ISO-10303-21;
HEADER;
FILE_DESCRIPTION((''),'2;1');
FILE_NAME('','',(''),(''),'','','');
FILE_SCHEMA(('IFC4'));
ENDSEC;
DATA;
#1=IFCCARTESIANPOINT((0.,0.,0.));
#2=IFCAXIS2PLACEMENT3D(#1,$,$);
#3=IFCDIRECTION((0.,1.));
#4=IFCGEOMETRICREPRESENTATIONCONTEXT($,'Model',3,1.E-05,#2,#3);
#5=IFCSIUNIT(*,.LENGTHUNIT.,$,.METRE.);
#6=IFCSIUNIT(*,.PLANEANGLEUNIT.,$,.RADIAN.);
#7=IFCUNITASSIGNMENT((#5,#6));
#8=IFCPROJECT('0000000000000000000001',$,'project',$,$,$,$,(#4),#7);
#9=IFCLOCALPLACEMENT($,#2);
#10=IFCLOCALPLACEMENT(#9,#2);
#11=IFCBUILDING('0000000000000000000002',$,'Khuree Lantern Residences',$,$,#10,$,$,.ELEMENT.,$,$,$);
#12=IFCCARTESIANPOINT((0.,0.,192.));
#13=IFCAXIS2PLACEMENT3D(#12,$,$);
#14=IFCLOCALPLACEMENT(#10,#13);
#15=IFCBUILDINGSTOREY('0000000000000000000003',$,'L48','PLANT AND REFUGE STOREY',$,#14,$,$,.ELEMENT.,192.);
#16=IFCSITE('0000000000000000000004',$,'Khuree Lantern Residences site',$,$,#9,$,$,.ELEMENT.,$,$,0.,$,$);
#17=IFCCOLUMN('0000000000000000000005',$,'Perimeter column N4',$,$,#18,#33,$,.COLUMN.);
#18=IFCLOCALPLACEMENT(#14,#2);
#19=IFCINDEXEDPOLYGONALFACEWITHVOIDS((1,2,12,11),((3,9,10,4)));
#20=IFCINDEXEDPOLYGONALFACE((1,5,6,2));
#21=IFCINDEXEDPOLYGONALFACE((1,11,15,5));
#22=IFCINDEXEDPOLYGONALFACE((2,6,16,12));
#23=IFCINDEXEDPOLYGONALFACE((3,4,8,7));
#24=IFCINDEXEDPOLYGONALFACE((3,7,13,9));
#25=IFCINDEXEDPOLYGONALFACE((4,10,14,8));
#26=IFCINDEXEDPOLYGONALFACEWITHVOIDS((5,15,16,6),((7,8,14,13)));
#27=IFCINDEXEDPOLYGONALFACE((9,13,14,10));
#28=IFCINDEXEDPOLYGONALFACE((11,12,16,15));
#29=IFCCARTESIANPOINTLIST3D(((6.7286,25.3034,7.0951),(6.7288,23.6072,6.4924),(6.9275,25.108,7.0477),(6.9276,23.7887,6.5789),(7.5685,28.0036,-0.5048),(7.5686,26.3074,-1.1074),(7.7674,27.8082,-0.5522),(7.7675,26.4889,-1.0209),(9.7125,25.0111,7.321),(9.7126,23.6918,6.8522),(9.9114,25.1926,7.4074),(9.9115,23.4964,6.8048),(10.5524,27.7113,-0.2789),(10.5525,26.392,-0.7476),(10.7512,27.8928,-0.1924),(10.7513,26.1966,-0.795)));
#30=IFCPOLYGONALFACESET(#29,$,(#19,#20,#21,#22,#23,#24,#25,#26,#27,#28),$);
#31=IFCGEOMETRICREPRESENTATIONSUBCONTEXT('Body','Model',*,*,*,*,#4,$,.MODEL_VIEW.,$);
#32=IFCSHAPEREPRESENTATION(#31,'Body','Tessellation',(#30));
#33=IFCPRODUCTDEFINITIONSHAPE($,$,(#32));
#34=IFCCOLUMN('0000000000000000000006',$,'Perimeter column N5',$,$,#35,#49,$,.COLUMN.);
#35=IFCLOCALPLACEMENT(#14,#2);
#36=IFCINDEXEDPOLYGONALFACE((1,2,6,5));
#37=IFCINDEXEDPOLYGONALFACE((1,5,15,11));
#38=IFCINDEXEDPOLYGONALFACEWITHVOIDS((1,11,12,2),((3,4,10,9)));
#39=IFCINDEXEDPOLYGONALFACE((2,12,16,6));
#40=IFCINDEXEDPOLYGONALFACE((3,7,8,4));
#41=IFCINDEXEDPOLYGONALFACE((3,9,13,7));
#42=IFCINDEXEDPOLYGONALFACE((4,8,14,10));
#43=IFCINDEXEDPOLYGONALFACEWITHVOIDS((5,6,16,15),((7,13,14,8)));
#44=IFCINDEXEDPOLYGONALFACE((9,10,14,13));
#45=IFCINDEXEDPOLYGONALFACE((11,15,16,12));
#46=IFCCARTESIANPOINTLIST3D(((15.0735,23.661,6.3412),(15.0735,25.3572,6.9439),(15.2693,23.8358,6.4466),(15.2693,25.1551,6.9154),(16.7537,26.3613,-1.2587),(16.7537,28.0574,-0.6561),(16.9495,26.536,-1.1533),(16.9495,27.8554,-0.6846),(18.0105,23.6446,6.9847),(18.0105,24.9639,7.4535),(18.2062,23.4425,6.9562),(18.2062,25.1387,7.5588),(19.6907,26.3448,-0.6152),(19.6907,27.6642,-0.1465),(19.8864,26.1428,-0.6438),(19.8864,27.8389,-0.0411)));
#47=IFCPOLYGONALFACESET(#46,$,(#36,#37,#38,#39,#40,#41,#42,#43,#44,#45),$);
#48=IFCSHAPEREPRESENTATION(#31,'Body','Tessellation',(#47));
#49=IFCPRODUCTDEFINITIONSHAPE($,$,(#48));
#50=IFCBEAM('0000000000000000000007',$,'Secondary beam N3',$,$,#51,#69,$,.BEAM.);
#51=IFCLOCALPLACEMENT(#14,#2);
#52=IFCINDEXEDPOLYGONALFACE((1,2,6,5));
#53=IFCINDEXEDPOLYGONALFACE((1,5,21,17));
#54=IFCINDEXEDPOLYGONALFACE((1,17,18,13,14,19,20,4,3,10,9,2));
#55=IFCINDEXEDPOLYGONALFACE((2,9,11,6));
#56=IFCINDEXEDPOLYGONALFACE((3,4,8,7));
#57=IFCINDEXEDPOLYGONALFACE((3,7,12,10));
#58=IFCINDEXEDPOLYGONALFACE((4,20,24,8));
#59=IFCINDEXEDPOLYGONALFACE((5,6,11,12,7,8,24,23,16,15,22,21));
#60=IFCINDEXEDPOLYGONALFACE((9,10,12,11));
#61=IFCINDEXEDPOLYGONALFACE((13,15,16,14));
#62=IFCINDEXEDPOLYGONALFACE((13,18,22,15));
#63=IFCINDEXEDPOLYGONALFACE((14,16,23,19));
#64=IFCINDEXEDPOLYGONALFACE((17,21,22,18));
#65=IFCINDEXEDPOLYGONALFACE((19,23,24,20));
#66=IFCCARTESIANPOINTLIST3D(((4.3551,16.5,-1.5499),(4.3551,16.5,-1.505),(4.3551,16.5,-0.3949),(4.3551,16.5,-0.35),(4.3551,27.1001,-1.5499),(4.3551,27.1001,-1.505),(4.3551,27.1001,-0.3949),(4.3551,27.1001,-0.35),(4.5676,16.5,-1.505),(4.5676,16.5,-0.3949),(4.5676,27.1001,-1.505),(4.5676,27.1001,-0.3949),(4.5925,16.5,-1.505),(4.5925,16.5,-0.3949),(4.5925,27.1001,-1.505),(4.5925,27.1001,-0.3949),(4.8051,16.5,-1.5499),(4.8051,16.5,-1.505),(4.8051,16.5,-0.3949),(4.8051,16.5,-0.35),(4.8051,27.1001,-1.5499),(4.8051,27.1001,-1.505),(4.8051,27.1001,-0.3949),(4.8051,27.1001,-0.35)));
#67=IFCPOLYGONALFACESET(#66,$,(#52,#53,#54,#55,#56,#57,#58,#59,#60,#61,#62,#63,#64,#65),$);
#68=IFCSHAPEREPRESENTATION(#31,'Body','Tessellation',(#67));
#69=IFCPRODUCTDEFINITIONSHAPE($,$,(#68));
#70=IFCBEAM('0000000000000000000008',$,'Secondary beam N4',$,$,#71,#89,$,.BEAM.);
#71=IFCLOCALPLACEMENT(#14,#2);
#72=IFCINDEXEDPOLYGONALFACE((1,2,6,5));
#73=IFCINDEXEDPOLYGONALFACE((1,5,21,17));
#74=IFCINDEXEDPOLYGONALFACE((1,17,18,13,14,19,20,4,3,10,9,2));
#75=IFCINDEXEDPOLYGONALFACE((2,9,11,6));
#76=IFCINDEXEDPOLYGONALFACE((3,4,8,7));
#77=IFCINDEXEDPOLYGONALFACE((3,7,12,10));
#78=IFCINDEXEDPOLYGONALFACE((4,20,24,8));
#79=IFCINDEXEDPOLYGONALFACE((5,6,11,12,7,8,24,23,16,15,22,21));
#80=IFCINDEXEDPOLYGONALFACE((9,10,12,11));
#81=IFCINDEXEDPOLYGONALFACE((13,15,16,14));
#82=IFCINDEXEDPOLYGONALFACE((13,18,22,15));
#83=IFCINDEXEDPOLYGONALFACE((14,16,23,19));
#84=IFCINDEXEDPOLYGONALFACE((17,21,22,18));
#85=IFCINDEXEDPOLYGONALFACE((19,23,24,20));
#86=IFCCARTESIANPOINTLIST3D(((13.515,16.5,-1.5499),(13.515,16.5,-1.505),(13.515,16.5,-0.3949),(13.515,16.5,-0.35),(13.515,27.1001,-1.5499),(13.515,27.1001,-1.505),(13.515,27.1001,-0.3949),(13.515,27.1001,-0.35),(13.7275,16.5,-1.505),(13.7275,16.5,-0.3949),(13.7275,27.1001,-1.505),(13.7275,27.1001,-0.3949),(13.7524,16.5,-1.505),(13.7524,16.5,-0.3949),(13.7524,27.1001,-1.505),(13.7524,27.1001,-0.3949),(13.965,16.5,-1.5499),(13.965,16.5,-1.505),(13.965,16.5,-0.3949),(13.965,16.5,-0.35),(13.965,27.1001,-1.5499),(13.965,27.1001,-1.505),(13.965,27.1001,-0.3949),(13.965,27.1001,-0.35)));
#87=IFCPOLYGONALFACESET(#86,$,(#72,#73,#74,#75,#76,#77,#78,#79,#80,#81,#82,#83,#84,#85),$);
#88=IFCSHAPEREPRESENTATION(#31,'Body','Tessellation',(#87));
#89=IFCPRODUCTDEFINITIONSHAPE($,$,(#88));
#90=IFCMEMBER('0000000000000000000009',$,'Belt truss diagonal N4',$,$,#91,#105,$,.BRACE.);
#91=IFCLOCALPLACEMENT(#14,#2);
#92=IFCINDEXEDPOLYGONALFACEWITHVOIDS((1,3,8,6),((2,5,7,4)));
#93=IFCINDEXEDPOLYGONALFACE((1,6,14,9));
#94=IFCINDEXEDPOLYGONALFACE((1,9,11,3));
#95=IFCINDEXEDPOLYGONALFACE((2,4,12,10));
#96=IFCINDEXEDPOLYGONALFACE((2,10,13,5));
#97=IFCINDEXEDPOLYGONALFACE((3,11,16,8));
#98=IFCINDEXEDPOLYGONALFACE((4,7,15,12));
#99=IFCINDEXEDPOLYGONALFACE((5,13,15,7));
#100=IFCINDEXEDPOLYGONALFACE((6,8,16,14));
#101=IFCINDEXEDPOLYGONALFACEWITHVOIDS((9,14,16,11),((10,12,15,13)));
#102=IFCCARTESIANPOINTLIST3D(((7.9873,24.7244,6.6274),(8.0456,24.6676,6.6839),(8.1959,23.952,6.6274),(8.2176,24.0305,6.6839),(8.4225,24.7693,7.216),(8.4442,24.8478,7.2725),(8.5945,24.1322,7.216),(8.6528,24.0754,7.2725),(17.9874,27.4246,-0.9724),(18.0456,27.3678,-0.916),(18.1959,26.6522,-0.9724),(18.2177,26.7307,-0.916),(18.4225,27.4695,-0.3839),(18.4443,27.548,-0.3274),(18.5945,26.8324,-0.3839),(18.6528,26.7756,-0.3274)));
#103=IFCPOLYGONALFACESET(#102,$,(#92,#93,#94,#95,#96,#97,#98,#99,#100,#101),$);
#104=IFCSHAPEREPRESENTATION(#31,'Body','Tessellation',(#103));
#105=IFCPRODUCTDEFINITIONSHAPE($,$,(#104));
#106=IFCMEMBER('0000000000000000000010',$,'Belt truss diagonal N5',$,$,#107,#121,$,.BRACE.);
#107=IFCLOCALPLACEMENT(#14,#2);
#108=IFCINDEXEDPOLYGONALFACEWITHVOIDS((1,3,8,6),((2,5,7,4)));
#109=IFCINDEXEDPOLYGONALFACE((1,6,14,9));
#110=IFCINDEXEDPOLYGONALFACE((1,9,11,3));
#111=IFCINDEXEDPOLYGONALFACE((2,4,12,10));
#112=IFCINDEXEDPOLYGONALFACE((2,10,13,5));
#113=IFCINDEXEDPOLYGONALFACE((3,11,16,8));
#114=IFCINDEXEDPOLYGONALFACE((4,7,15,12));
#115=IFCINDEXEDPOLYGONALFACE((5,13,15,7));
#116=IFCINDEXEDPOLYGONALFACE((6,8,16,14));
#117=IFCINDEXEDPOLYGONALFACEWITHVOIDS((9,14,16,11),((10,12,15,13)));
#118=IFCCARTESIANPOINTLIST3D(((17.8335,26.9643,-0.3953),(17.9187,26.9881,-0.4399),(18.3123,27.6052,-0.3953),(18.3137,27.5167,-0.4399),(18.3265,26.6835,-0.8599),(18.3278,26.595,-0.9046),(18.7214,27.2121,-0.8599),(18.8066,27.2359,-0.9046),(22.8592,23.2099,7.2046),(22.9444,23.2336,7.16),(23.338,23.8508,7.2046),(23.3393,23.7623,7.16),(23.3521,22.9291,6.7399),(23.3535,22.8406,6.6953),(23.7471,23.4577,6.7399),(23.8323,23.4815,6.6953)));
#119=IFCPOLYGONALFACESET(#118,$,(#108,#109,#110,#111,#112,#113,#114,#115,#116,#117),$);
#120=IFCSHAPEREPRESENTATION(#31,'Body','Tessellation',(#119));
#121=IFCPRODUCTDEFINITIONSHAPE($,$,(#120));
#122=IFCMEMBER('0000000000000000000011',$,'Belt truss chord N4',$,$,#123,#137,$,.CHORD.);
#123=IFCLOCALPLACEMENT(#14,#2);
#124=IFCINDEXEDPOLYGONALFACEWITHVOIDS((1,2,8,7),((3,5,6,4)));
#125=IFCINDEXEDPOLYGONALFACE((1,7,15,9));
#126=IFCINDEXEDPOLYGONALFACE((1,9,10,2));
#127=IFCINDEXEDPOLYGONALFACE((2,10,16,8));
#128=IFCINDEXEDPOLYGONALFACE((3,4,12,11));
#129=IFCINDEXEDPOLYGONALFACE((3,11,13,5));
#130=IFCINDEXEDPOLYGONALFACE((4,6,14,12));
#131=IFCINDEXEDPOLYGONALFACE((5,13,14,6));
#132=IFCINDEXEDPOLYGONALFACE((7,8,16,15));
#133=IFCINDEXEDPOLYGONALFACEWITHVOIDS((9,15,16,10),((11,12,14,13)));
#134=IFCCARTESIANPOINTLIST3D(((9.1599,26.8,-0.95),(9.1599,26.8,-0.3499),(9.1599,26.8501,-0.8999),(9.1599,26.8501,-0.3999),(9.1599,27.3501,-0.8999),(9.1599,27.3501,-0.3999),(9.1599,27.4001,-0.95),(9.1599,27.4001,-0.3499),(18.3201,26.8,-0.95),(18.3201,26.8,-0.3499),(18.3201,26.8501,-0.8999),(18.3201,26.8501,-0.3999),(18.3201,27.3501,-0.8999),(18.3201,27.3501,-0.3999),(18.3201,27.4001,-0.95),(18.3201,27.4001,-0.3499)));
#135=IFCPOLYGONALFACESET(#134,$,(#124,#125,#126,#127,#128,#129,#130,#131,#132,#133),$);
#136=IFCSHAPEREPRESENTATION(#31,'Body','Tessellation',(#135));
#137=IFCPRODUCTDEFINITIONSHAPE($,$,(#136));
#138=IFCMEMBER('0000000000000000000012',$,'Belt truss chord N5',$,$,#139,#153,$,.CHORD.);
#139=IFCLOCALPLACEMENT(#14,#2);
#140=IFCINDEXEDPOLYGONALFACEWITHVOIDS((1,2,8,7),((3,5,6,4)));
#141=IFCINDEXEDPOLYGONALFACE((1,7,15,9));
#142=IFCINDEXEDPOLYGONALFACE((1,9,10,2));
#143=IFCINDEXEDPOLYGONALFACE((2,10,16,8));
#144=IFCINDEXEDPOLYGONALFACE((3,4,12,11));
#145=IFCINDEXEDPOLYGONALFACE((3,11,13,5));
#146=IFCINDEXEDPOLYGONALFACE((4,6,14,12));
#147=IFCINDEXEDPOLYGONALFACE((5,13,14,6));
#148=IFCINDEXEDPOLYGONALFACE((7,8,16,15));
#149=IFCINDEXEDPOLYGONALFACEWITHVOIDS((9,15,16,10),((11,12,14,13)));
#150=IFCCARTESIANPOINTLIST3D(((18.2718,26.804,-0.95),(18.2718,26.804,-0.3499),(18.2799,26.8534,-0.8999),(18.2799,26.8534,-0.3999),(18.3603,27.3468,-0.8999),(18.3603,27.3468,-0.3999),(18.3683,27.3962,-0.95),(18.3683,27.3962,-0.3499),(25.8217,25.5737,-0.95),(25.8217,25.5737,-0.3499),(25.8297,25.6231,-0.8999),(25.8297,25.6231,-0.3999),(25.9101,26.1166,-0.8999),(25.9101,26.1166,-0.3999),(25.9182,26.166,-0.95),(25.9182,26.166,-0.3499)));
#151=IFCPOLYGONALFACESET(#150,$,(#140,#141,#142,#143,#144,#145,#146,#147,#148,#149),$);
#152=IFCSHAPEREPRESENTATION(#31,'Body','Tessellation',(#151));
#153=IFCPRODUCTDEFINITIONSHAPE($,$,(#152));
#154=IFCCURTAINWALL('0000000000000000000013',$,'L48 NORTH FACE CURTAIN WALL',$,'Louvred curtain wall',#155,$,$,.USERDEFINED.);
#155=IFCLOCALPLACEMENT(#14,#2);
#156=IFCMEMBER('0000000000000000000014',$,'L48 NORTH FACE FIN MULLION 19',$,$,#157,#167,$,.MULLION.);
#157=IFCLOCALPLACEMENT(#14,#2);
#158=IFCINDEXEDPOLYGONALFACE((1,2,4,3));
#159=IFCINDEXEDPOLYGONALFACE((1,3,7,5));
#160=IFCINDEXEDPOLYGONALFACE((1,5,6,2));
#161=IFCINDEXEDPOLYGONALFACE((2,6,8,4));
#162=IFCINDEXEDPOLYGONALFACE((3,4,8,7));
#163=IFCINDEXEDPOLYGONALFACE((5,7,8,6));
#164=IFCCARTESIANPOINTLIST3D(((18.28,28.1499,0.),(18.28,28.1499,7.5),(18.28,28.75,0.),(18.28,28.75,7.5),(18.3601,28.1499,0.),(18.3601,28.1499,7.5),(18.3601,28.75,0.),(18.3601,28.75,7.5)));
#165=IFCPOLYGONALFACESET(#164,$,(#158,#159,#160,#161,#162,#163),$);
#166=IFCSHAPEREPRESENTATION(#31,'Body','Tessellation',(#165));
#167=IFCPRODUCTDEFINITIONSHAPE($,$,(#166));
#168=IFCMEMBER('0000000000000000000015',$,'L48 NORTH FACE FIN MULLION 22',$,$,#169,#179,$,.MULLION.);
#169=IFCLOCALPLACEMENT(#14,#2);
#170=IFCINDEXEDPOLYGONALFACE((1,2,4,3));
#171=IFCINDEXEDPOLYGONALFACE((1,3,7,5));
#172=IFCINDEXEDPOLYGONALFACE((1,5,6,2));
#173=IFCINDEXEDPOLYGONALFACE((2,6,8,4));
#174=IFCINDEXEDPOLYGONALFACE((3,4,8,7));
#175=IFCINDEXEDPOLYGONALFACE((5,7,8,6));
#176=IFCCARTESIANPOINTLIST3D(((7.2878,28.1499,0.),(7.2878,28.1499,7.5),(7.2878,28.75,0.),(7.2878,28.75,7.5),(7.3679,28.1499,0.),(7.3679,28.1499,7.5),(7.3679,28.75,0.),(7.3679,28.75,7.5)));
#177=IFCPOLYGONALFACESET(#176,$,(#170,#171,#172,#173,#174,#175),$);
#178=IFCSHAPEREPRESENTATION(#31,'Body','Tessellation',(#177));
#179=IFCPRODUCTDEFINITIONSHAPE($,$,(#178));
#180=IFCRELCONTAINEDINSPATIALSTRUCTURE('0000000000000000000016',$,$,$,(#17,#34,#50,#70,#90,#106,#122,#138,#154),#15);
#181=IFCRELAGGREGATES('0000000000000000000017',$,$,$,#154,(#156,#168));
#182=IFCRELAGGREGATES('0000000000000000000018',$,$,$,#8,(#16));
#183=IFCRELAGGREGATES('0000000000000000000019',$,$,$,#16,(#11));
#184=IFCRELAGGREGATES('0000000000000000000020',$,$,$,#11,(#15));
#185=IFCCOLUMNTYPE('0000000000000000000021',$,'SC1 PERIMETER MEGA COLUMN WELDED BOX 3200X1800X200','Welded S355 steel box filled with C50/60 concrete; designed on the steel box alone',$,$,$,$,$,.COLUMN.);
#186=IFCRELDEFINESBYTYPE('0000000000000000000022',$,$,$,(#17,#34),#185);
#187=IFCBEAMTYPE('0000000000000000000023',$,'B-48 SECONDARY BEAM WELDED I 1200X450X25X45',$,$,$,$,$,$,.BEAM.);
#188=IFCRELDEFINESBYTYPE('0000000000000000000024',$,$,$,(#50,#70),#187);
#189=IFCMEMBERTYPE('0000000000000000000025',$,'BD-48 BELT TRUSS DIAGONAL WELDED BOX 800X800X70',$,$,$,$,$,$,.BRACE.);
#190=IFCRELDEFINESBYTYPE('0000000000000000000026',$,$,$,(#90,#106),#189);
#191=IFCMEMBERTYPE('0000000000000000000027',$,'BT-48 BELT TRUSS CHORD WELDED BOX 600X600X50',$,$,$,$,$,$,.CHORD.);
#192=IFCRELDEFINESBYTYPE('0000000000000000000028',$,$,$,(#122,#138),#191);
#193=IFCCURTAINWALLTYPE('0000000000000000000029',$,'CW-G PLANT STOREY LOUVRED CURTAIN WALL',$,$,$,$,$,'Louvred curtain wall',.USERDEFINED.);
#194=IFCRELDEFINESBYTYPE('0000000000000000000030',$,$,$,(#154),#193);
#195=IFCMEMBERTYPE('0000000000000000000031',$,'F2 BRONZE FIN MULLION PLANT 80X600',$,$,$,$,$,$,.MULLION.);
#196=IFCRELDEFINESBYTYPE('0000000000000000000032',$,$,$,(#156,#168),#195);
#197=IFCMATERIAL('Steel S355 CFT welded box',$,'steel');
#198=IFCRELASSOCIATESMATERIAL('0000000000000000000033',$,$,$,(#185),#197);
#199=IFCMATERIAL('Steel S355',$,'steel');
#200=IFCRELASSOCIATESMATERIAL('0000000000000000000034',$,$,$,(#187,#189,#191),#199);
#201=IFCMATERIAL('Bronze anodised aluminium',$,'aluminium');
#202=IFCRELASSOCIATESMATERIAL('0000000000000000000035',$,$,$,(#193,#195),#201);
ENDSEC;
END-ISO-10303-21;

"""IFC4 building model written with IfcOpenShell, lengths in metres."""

from ifc_helpers import new_model, si_unit, direction, frame, origin, origin_2d, place, context, subcontext, project, spatial, rectangle, hollow_rectangle, i_section, extrude, material, material_profile, profile_set, type_object, element, aggregate, save


model = new_model("IFC4")

# Units and contexts
model_context = context("Model", 3, precision=1e-05, world=origin(), true_north=direction((0.0, 1.0)))
body_context = subcontext(model_context, "Body", "Model", "MODEL_VIEW")
ifc_project = project(units=[si_unit("LENGTHUNIT", "METRE"), si_unit("PLANEANGLEUNIT", "RADIAN")], contexts=[model_context])

# Site, building, storey
site_placement = place(None, origin())
site = spatial("IfcSite", under=ifc_project, at=site_placement, Name="Khuree Lantern Residences site", CompositionType="ELEMENT", RefElevation=0.0)
building_placement = place(site_placement, origin())
building = spatial("IfcBuilding", under=site, at=building_placement, Name="Khuree Lantern Residences", CompositionType="ELEMENT")
storey_placement = place(building_placement, frame((0.0, 0.0, 192.0)))
storey = spatial("IfcBuildingStorey", under=building, at=storey_placement, Name="L48", Description="PLANT AND REFUGE STOREY", CompositionType="ELEMENT", Elevation=192.0)

# Columns
ifc_material_1 = material(Name="Steel S355 CFT welded box", Category="steel")
ifc_material_profile_1 = material_profile(ifc_material_1, hollow_rectangle(XDim=3.2, YDim=1.8, WallThickness=0.2, at=origin_2d()), Name="WELDED BOX 3200X1800X200")
ifc_profile_set_1 = profile_set([ifc_material_profile_1], Name="Steel S355 CFT welded box")
column_type = type_object("IfcColumnType", Name="SC1 PERIMETER MEGA COLUMN WELDED BOX 3200X1800X200", Description="Welded S355 steel box filled with C50/60 concrete; designed on the steel box alone", PredefinedType="COLUMN", material=ifc_profile_set_1)
column_1_placement = place(storey_placement, frame((9.1599, 27.1001, -0.6499), z_axis=(-0.103571, -0.332992, 0.937224), x_axis=(0.994622, -0.034607, 0.097618)))
element("IfcColumn", 1, at=column_1_placement, inside=storey, type_object=column_type, Name="Perimeter column N4", PredefinedType="COLUMN", context=body_context, shape_type="SweptSolid", body=[
    extrude(hollow_rectangle(XDim=3.2, YDim=1.8, WallThickness=0.2, at=origin_2d()), origin(), (0.0, 0.0, 1.0), 8.1089),
])
column_2_placement = place(storey_placement, frame((18.3201, 27.1001, -0.6499), z_axis=(-0.203944, -0.327756, 0.922487), x_axis=(0.978983, -0.068286, 0.192172)))
element("IfcColumn", 2, at=column_2_placement, inside=storey, type_object=column_type, Name="Perimeter column N5", PredefinedType="COLUMN", context=body_context, shape_type="SweptSolid", body=[
    extrude(hollow_rectangle(XDim=3.2, YDim=1.8, WallThickness=0.2, at=origin_2d()), origin(), (0.0, 0.0, 1.0), 8.2385),
])

# Beams
ifc_material_2 = material(Name="Steel S355", Category="steel")
ifc_material_profile_2 = material_profile(ifc_material_2, i_section(OverallWidth=0.45, OverallDepth=1.2, WebThickness=0.0249, FlangeThickness=0.0449, at=origin_2d()), Name="WELDED I 1200X450X25X45")
ifc_profile_set_2 = profile_set([ifc_material_profile_2], Name="Steel S355")
beam_type_1 = type_object("IfcBeamType", Name="B-48 SECONDARY BEAM WELDED I 1200X450X25X45", PredefinedType="BEAM", material=ifc_profile_set_2)
for number, where, z_axis, x_axis, name in (
    (3, (4.5801, 27.1001, -0.95), (0.0, -1.0, 0.0), (1.0, 0.0, 0.0), "Secondary beam N3"),
    (4, (13.74, 27.1001, -0.95), (0.0, -1.0, 0.0), (1.0, 0.0, 0.0), "Secondary beam N4"),
):
    element("IfcBeam", number, at=place(storey_placement, frame(where, z_axis=z_axis, x_axis=x_axis)), inside=storey, type_object=beam_type_1, Name=name, PredefinedType="BEAM", context=body_context, shape_type="SweptSolid", body=[
        extrude(i_section(OverallWidth=0.45, OverallDepth=1.2, WebThickness=0.0249, FlangeThickness=0.0449, at=origin_2d()), origin(), (0.0, 0.0, 1.0), 10.6001),
    ])

# Members
ifc_material_profile_3 = material_profile(ifc_material_2, hollow_rectangle(XDim=0.8, YDim=0.8, WallThickness=0.0701, at=origin_2d()), Name="WELDED BOX 800X800X70")
ifc_profile_set_3 = profile_set([ifc_material_profile_3], Name="Steel S355")
member_type_1 = type_object("IfcMemberType", Name="BD-48 BELT TRUSS DIAGONAL WELDED BOX 800X800X70", PredefinedType="BRACE", material=ifc_profile_set_3)
member_1_placement = place(storey_placement, frame((8.3201, 24.3999, 6.95), z_axis=(0.778384, 0.210179, -0.59156), x_axis=(-0.260683, 0.965424, 0.0)))
element("IfcMember", 5, at=member_1_placement, inside=storey, type_object=member_type_1, Name="Belt truss diagonal N4", PredefinedType="BRACE", context=body_context, shape_type="SweptSolid", body=[
    extrude(hollow_rectangle(XDim=0.8, YDim=0.8, WallThickness=0.0701, at=origin_2d()), origin(), (0.0, 0.0, 1.0), 12.8472),
])
member_2_placement = place(storey_placement, frame((18.3201, 27.1001, -0.6499), z_axis=(0.509986, -0.380985, 0.77121), x_axis=(0.598486, 0.801133, 0.0)))
element("IfcMember", 6, at=member_2_placement, inside=storey, type_object=member_type_1, Name="Belt truss diagonal N5", PredefinedType="BRACE", context=body_context, shape_type="SweptSolid", body=[
    extrude(hollow_rectangle(XDim=0.8, YDim=0.8, WallThickness=0.0701, at=origin_2d()), origin(), (0.0, 0.0, 1.0), 9.8545),
])
ifc_material_profile_4 = material_profile(ifc_material_2, hollow_rectangle(XDim=0.6001, YDim=0.6001, WallThickness=0.05, at=origin_2d()), Name="WELDED BOX 600X600X50")
ifc_profile_set_4 = profile_set([ifc_material_profile_4], Name="Steel S355")
member_type_2 = type_object("IfcMemberType", Name="BT-48 BELT TRUSS CHORD WELDED BOX 600X600X50", PredefinedType="CHORD", material=ifc_profile_set_4)
member_3_placement = place(storey_placement, frame((9.1599, 27.1001, -0.6499), z_axis=(1.0, 0.0, 0.0), x_axis=(0.0, 1.0, 0.0)))
element("IfcMember", 7, at=member_3_placement, inside=storey, type_object=member_type_2, Name="Belt truss chord N4", PredefinedType="CHORD", context=body_context, shape_type="SweptSolid", body=[
    extrude(hollow_rectangle(XDim=0.6001, YDim=0.6001, WallThickness=0.05, at=origin_2d()), origin(), (0.0, 0.0, 1.0), 9.1602),
])
member_4_placement = place(storey_placement, frame((18.3201, 27.1001, -0.6499), z_axis=(0.986983, -0.160827, 0.0), x_axis=(0.160827, 0.986983, 0.0)))
element("IfcMember", 8, at=member_4_placement, inside=storey, type_object=member_type_2, Name="Belt truss chord N5", PredefinedType="CHORD", context=body_context, shape_type="SweptSolid", body=[
    extrude(hollow_rectangle(XDim=0.6001, YDim=0.6001, WallThickness=0.05, at=origin_2d()), origin(), (0.0, 0.0, 1.0), 7.6494),
])

# Curtain wall, members
ifc_material_3 = material(Name="Bronze anodised aluminium", Category="aluminium")
curtain_wall_type = type_object("IfcCurtainWallType", Name="CW-G PLANT STOREY LOUVRED CURTAIN WALL", ElementType="Louvred curtain wall", PredefinedType="USERDEFINED", material=ifc_material_3)
curtain_wall_placement = place(storey_placement, origin())
curtain_wall = element("IfcCurtainWall", 9, at=curtain_wall_placement, inside=storey, type_object=curtain_wall_type, Name="L48 NORTH FACE CURTAIN WALL", ObjectType="Louvred curtain wall", PredefinedType="USERDEFINED")
ifc_material_profile_5 = material_profile(ifc_material_3, rectangle(XDim=0.0801, YDim=0.6001, at=origin_2d()), Name="F2 80X600")
ifc_profile_set_5 = profile_set([ifc_material_profile_5], Name="Bronze anodised aluminium")
member_type_3 = type_object("IfcMemberType", Name="F2 BRONZE FIN MULLION PLANT 80X600", PredefinedType="MULLION", material=ifc_profile_set_5)
member_5_placement = place(storey_placement, frame((18.3201, 28.45, 0.0), z_axis=(0.0, 0.0, 1.0), x_axis=(-1.0, 0.0, 0.0)))
member_5 = element("IfcMember", 10, at=member_5_placement, type_object=member_type_3, Name="L48 NORTH FACE FIN MULLION 19", PredefinedType="MULLION", context=body_context, shape_type="SweptSolid", body=[
    extrude(rectangle(XDim=0.0801, YDim=0.6001, at=origin_2d()), origin(), (0.0, 0.0, 1.0), 7.5),
])
member_6_placement = place(storey_placement, frame((7.3279, 28.45, 0.0), z_axis=(0.0, 0.0, 1.0), x_axis=(-1.0, 0.0, 0.0)))
member_6 = element("IfcMember", 11, at=member_6_placement, type_object=member_type_3, Name="L48 NORTH FACE FIN MULLION 22", PredefinedType="MULLION", context=body_context, shape_type="SweptSolid", body=[
    extrude(rectangle(XDim=0.0801, YDim=0.6001, at=origin_2d()), origin(), (0.0, 0.0, 1.0), 7.5),
])

aggregate(curtain_wall, [member_5, member_6])

save(model, "model.ifc")
